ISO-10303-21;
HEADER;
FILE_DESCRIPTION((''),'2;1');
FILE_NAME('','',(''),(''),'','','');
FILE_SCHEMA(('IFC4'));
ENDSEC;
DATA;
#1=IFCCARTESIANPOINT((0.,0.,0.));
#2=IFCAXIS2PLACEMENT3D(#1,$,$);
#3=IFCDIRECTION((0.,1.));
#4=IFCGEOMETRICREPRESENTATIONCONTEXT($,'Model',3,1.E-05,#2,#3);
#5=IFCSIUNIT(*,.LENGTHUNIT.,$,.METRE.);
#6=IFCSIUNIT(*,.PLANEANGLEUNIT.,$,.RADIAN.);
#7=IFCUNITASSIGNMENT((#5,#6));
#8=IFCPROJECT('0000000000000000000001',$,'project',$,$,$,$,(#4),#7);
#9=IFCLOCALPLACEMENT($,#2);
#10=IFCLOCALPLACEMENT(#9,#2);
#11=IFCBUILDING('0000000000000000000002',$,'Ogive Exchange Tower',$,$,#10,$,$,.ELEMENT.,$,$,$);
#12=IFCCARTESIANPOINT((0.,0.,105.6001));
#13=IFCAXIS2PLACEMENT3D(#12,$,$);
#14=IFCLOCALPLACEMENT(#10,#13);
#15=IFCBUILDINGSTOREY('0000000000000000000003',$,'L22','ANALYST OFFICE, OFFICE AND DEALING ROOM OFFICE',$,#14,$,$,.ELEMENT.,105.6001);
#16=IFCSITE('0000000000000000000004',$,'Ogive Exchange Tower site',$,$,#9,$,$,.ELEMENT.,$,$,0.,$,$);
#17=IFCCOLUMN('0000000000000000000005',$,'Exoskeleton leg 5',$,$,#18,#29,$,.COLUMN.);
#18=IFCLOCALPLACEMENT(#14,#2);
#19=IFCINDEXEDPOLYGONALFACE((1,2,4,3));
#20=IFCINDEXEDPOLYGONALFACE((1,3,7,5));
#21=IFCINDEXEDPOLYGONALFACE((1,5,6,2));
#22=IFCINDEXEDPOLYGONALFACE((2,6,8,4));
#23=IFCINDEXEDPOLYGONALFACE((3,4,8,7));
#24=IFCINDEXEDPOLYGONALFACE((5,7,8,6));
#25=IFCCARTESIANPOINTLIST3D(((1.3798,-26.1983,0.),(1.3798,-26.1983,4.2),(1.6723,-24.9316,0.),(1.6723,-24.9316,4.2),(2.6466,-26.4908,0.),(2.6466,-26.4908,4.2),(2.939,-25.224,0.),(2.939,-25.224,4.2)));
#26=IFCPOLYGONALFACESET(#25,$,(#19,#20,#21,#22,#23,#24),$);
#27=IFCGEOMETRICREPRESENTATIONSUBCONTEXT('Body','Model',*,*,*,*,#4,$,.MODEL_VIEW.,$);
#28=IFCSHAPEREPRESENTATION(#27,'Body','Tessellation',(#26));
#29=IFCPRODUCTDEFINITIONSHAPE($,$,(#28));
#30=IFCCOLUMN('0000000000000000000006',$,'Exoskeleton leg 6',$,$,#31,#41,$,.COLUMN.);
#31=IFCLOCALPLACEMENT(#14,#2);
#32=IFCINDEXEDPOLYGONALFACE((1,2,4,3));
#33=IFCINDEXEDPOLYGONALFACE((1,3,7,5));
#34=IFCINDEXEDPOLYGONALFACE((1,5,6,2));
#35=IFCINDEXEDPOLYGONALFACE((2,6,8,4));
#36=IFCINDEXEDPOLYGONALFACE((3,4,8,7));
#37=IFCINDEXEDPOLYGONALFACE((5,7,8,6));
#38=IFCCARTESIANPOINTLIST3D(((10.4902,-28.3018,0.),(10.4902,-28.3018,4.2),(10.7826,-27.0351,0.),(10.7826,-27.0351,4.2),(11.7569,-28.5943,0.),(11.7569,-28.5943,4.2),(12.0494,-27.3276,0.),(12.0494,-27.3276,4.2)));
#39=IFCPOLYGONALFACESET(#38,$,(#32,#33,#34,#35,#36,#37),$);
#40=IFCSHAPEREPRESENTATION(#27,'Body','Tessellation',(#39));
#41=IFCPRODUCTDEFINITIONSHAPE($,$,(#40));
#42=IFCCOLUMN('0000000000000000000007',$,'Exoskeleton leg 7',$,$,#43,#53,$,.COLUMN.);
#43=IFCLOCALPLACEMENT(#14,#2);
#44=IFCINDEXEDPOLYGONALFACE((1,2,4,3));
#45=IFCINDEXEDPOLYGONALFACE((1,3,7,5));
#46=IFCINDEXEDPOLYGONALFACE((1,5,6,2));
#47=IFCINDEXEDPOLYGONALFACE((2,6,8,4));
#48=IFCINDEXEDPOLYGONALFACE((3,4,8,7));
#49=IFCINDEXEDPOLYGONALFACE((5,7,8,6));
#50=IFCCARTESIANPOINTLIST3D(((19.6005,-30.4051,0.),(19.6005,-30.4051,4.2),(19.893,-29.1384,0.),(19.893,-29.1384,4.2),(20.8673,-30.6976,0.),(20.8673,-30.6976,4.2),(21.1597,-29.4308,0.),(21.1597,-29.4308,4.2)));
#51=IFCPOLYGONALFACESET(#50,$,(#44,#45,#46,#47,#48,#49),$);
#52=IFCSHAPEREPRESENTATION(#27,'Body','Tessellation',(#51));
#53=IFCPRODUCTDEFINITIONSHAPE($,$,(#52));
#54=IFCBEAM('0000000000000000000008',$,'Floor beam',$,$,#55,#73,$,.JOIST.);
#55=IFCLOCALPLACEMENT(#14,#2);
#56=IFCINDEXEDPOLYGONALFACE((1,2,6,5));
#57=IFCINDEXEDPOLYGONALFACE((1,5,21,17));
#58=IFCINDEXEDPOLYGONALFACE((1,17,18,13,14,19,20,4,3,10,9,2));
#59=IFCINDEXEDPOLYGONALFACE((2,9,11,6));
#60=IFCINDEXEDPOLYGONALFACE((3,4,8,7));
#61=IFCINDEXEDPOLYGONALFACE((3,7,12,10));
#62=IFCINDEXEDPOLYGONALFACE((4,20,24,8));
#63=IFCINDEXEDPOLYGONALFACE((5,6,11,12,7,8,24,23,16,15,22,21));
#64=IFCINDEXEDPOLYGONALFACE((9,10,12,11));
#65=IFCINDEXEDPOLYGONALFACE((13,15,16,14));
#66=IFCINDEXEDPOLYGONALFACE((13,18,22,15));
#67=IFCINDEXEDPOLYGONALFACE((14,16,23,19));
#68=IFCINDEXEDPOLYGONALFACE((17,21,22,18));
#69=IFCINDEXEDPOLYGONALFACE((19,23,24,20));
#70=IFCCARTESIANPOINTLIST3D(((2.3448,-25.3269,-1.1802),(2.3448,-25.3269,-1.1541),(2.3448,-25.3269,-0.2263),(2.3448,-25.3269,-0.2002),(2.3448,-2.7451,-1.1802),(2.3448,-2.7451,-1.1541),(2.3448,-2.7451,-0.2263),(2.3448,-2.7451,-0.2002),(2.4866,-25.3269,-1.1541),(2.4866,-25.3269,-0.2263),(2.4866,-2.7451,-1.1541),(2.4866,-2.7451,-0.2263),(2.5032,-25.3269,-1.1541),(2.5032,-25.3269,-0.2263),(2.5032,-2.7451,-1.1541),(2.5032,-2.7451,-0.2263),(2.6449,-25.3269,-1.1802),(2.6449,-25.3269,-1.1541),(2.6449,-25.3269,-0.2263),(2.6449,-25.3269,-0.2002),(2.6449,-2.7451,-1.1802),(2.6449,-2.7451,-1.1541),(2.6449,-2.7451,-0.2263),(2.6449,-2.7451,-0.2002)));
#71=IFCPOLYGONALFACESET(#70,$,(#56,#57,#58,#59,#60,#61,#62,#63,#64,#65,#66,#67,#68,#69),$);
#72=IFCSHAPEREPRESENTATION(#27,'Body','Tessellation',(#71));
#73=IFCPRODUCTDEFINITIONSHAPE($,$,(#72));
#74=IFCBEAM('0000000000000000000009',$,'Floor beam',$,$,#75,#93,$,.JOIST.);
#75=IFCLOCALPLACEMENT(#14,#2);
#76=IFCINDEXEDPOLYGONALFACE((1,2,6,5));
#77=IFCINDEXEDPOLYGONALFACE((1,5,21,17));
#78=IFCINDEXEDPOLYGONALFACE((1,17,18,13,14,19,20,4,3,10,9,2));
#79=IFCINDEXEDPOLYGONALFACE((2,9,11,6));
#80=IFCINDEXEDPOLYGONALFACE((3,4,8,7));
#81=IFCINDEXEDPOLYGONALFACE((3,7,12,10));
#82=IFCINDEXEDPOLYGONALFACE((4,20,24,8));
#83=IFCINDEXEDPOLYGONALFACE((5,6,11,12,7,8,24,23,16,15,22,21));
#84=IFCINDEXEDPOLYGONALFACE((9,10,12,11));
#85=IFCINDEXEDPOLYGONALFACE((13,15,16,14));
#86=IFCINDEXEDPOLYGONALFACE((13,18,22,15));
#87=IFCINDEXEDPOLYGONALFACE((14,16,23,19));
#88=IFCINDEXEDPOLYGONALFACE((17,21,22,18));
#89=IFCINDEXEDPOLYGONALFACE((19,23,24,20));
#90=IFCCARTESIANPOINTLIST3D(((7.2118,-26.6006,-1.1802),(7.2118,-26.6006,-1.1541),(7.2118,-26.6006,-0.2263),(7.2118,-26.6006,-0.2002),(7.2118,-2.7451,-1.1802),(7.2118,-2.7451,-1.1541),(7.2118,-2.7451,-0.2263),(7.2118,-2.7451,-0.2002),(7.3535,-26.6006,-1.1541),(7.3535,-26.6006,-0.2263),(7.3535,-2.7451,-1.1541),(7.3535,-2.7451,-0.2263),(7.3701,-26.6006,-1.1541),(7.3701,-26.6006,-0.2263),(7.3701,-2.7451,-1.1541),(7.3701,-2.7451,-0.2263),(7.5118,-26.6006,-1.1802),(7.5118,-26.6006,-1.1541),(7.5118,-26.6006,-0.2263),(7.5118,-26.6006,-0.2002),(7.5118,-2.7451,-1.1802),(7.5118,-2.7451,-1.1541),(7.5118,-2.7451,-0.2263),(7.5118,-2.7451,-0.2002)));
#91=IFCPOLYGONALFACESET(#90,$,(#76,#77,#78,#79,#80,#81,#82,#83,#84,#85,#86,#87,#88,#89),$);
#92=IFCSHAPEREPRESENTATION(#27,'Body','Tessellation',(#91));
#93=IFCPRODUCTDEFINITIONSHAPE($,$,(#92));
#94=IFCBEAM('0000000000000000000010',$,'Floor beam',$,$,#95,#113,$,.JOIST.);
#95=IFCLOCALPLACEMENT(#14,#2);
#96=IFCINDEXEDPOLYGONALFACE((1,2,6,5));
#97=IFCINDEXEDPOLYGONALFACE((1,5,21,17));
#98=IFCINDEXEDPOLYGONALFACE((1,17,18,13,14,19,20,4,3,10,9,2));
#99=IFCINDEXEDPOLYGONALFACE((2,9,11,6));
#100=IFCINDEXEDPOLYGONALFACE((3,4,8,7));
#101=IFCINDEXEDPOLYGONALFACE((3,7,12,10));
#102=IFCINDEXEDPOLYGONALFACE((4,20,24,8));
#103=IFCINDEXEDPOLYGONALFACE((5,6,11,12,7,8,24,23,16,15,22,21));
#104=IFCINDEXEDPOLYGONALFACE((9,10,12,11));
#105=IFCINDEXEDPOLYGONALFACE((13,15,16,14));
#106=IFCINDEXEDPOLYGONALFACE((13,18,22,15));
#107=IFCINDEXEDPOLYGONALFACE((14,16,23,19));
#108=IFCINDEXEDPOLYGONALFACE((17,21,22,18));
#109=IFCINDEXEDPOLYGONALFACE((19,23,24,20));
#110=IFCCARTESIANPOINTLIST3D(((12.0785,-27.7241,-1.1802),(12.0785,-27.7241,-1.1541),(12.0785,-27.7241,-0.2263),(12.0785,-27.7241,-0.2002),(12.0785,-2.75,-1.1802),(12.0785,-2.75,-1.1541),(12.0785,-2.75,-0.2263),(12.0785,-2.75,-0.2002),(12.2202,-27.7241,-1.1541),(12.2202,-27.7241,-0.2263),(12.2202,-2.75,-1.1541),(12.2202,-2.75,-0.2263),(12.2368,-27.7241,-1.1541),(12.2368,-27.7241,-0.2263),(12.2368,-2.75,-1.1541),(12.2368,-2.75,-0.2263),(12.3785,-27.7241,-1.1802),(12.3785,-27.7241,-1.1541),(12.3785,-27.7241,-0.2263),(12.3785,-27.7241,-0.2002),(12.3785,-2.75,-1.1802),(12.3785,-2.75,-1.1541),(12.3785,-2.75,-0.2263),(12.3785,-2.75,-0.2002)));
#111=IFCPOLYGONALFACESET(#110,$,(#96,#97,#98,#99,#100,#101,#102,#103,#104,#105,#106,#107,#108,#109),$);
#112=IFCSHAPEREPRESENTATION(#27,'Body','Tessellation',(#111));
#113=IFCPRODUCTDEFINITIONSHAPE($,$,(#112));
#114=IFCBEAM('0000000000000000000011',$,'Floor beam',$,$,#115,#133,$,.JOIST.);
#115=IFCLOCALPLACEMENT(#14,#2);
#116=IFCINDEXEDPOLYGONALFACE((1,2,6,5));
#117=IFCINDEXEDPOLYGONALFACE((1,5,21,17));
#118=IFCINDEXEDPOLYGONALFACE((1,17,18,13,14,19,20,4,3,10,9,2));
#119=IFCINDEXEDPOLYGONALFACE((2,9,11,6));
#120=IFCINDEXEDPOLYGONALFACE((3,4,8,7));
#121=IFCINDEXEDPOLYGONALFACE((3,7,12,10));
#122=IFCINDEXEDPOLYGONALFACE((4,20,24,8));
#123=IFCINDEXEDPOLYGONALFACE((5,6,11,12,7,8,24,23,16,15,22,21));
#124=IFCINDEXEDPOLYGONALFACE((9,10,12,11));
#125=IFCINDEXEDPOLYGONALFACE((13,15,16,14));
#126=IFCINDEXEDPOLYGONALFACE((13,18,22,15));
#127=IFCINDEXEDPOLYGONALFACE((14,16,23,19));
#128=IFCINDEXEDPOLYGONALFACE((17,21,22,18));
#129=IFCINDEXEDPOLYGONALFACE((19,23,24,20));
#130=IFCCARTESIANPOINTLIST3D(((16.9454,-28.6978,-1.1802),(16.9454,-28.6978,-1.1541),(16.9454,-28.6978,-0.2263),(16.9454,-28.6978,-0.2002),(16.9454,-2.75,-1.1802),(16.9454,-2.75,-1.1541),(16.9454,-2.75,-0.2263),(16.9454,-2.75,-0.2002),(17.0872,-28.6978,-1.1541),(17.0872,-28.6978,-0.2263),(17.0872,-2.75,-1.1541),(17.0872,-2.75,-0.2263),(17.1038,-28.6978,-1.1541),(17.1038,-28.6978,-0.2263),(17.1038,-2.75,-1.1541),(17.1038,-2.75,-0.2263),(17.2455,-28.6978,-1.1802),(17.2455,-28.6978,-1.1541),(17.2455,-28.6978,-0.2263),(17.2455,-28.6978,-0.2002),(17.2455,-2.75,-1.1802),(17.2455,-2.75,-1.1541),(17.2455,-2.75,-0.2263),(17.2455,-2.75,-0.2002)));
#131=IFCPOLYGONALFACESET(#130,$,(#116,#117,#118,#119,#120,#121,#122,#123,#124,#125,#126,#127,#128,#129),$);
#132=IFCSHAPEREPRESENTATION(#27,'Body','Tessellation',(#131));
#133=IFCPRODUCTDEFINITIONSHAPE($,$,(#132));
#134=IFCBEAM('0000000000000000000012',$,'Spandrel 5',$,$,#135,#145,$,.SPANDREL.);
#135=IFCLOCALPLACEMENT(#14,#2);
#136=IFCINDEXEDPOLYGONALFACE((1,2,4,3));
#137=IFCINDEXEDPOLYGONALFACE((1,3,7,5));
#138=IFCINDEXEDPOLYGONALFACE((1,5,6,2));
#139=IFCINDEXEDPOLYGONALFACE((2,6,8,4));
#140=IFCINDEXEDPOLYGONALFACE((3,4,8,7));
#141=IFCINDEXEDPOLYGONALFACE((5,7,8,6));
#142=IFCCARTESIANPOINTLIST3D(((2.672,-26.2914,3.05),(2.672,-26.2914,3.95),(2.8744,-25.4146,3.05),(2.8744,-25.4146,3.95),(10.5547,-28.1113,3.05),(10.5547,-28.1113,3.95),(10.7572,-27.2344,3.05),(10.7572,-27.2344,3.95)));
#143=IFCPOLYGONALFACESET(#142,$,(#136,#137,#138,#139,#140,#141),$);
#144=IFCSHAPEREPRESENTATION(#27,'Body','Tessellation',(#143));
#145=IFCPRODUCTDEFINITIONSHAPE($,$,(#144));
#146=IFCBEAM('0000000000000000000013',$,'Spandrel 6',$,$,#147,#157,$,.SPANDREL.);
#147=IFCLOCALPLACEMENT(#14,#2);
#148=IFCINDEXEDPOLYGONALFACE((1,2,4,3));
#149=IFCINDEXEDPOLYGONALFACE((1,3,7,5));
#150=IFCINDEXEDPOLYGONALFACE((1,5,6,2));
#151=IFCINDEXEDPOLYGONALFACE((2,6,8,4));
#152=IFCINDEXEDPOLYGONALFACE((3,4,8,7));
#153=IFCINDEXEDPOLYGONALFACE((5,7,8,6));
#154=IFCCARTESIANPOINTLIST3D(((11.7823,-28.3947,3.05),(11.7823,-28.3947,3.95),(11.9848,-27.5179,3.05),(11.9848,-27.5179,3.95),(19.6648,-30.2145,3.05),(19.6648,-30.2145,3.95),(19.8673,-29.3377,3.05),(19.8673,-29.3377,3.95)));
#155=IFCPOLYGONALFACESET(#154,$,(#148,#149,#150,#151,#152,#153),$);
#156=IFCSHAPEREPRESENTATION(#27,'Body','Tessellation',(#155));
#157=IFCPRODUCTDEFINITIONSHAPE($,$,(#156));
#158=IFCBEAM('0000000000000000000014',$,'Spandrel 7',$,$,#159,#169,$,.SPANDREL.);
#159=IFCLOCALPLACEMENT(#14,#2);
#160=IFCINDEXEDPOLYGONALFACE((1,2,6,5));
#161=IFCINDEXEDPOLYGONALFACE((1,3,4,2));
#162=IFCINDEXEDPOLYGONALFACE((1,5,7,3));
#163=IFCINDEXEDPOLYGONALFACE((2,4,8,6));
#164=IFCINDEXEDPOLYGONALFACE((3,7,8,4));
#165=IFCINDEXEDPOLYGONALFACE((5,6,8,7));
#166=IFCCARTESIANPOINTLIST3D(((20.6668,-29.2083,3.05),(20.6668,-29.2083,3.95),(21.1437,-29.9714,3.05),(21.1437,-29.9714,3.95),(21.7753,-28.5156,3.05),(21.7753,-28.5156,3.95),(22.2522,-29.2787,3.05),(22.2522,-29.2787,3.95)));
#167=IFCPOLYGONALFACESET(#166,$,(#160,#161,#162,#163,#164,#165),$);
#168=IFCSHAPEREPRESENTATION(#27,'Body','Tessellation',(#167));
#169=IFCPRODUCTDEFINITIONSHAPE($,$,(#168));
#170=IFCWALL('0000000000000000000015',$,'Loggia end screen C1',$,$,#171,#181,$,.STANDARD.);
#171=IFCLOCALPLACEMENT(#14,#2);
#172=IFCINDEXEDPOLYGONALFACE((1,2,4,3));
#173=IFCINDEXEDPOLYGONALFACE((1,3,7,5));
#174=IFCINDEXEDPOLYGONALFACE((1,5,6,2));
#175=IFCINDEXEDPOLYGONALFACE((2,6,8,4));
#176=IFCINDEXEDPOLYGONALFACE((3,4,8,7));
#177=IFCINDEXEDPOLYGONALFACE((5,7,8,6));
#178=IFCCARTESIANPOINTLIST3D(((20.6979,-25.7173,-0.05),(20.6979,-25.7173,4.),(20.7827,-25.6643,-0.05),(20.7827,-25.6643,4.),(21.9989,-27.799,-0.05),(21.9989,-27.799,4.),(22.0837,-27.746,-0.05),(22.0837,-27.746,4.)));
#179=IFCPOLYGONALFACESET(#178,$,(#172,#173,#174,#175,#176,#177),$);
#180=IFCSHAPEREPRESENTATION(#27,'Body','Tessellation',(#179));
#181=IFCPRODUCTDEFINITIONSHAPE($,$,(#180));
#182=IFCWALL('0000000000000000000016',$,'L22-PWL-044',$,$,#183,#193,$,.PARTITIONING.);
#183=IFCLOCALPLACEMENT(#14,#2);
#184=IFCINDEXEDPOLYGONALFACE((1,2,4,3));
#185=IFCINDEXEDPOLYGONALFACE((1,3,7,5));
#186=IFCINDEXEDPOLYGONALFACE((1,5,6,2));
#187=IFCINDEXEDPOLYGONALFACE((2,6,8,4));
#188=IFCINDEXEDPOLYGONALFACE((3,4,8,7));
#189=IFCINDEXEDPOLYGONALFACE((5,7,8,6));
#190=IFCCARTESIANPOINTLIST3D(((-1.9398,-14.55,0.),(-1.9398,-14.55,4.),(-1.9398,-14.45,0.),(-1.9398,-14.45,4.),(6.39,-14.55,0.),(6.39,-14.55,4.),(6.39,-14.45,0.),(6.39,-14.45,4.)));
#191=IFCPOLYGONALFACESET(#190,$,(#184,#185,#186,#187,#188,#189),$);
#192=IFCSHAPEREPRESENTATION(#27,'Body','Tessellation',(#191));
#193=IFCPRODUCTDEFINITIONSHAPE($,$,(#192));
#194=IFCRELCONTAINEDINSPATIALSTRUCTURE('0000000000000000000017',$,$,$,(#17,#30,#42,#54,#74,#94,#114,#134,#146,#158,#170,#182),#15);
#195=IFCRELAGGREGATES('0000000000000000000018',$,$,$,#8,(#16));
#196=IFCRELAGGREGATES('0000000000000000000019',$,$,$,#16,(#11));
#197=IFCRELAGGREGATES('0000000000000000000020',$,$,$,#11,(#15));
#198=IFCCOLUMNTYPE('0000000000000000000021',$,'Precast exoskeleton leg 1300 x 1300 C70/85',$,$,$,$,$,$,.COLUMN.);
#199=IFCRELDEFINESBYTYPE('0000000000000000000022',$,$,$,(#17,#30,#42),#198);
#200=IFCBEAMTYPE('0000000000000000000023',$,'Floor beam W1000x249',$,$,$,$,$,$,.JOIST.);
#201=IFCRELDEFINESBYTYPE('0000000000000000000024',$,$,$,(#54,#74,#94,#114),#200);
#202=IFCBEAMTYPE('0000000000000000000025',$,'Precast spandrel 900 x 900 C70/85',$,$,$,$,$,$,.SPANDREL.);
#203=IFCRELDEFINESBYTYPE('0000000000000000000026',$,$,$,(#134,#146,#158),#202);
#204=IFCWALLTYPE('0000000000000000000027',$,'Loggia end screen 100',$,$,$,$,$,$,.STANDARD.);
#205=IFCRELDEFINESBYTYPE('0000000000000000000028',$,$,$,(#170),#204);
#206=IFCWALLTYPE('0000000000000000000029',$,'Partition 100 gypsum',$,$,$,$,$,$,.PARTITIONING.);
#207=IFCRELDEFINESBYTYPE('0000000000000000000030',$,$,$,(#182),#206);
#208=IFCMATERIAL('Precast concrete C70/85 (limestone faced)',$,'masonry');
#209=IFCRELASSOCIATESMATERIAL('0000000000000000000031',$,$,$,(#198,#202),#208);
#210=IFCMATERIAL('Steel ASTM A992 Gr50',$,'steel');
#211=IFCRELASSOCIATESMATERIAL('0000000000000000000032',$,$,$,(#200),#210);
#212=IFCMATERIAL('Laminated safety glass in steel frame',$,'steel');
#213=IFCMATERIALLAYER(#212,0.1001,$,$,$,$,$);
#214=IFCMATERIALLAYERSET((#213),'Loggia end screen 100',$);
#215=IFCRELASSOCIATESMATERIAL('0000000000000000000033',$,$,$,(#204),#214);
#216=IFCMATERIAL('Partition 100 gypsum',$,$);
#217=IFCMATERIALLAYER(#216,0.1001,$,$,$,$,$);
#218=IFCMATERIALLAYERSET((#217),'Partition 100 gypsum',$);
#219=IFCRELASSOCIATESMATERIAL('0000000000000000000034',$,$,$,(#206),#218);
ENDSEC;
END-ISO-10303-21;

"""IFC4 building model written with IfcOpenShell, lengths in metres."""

from ifc_helpers import new_model, si_unit, direction, frame, frame_2d, origin, origin_2d, place, context, subcontext, project, spatial, rectangle, i_section, extrude, material, layer, layer_set, material_profile, profile_set, type_object, element, save


model = new_model("IFC4")

# Units and contexts
model_context = context("Model", 3, precision=1e-05, world=origin(), true_north=direction((0.0, 1.0)))
body_context = subcontext(model_context, "Body", "Model", "MODEL_VIEW")
ifc_project = project(units=[si_unit("LENGTHUNIT", "METRE"), si_unit("PLANEANGLEUNIT", "RADIAN")], contexts=[model_context])

# Site, building, storey
site_placement = place(None, origin())
site = spatial("IfcSite", under=ifc_project, at=site_placement, Name="Ogive Exchange Tower site", CompositionType="ELEMENT", RefElevation=0.0)
building_placement = place(site_placement, origin())
building = spatial("IfcBuilding", under=site, at=building_placement, Name="Ogive Exchange Tower", CompositionType="ELEMENT")
storey_placement = place(building_placement, frame((0.0, 0.0, 105.6001)))
storey = spatial("IfcBuildingStorey", under=building, at=storey_placement, Name="L22", Description="ANALYST OFFICE, OFFICE AND DEALING ROOM OFFICE", CompositionType="ELEMENT", Elevation=105.6001)

# Columns
ifc_material_1 = material(Name="Precast concrete C70/85 (limestone faced)", Category="masonry")
ifc_material_profile_1 = material_profile(ifc_material_1, rectangle(XDim=1.3, YDim=1.3, at=origin_2d()), Name="1300 x 1300")
ifc_profile_set_1 = profile_set([ifc_material_profile_1], Name="Precast concrete C70/85 (limestone faced)")
column_type = type_object("IfcColumnType", Name="Precast exoskeleton leg 1300 x 1300 C70/85", PredefinedType="COLUMN", material=ifc_profile_set_1)
for number, where, z_axis, x_axis, name in (
    (1, (2.1594, -25.7112, 0.0), (0.0, 0.0, 1.0), (0.97437, -0.224951, 0.0), "Exoskeleton leg 5"),
    (2, (11.2698, -27.8147, 0.0), (0.0, 0.0, 1.0), (0.97437, -0.224951, 0.0), "Exoskeleton leg 6"),
    (3, (20.3801, -29.918, 0.0), (0.0, 0.0, 1.0), (0.97437, -0.224951, 0.0), "Exoskeleton leg 7"),
):
    element("IfcColumn", number, at=place(storey_placement, frame(where, z_axis=z_axis, x_axis=x_axis)), inside=storey, type_object=column_type, Name=name, PredefinedType="COLUMN", context=body_context, shape_type="SweptSolid", body=[
        extrude(rectangle(XDim=1.3, YDim=1.3, at=origin_2d()), origin(), (0.0, 0.0, 1.0), 4.2),
    ])

# Beams
ifc_material_2 = material(Name="Steel ASTM A992 Gr50", Category="steel")
ifc_material_profile_2 = material_profile(ifc_material_2, i_section(OverallWidth=0.3, OverallDepth=0.98, WebThickness=0.0166, FlangeThickness=0.0261, at=origin_2d()), Name="W1000x249")
ifc_profile_set_2 = profile_set([ifc_material_profile_2], Name="Steel ASTM A992 Gr50")
beam_type_1 = type_object("IfcBeamType", Name="Floor beam W1000x249", PredefinedType="JOIST", material=ifc_profile_set_2)
beam_1_placement = place(storey_placement, frame((2.4949, -25.3269, -0.6902), z_axis=(0.0, 1.0, 0.0), x_axis=(-1.0, 0.0, 0.0)))
element("IfcBeam", 4, at=beam_1_placement, inside=storey, type_object=beam_type_1, Name="Floor beam", PredefinedType="JOIST", context=body_context, shape_type="SweptSolid", body=[
    extrude(i_section(OverallWidth=0.3, OverallDepth=0.98, WebThickness=0.0166, FlangeThickness=0.0261, at=origin_2d()), origin(), (0.0, 0.0, 1.0), 22.5818),
])
beam_2_placement = place(storey_placement, frame((7.3618, -26.6006, -0.6902), z_axis=(0.0, 1.0, 0.0), x_axis=(-1.0, 0.0, 0.0)))
element("IfcBeam", 5, at=beam_2_placement, inside=storey, type_object=beam_type_1, Name="Floor beam", PredefinedType="JOIST", context=body_context, shape_type="SweptSolid", body=[
    extrude(i_section(OverallWidth=0.3, OverallDepth=0.98, WebThickness=0.0166, FlangeThickness=0.0261, at=origin_2d()), origin(), (0.0, 0.0, 1.0), 23.8555),
])
beam_3_placement = place(storey_placement, frame((12.2285, -27.7241, -0.6902), z_axis=(0.0, 1.0, 0.0), x_axis=(-1.0, 0.0, 0.0)))
element("IfcBeam", 6, at=beam_3_placement, inside=storey, type_object=beam_type_1, Name="Floor beam", PredefinedType="JOIST", context=body_context, shape_type="SweptSolid", body=[
    extrude(i_section(OverallWidth=0.3, OverallDepth=0.98, WebThickness=0.0166, FlangeThickness=0.0261, at=origin_2d()), origin(), (0.0, 0.0, 1.0), 24.9741),
])
beam_4_placement = place(storey_placement, frame((17.0955, -28.6978, -0.6902), z_axis=(0.0, 1.0, 0.0), x_axis=(-1.0, 0.0, 0.0)))
element("IfcBeam", 7, at=beam_4_placement, inside=storey, type_object=beam_type_1, Name="Floor beam", PredefinedType="JOIST", context=body_context, shape_type="SweptSolid", body=[
    extrude(i_section(OverallWidth=0.3, OverallDepth=0.98, WebThickness=0.0166, FlangeThickness=0.0261, at=origin_2d()), origin(), (0.0, 0.0, 1.0), 25.9478),
])
ifc_material_profile_3 = material_profile(ifc_material_1, rectangle(XDim=0.8999, YDim=0.8999, at=origin_2d()), Name="900 x 900")
ifc_profile_set_3 = profile_set([ifc_material_profile_3], Name="Precast concrete C70/85 (limestone faced)")
beam_type_2 = type_object("IfcBeamType", Name="Precast spandrel 900 x 900 C70/85", PredefinedType="SPANDREL", material=ifc_profile_set_3)
beam_5_placement = place(storey_placement, frame((2.7732, -25.853, 3.5), z_axis=(0.974372, -0.224943, 0.0), x_axis=(0.224943, 0.974372, 0.0)))
element("IfcBeam", 8, at=beam_5_placement, inside=storey, type_object=beam_type_2, Name="Spandrel 5", PredefinedType="SPANDREL", context=body_context, shape_type="SweptSolid", body=[
    extrude(rectangle(XDim=0.8999, YDim=0.8999, at=origin_2d()), origin(), (0.0, 0.0, 1.0), 8.0901),
])
beam_6_placement = place(storey_placement, frame((11.8835, -27.9563, 3.5), z_axis=(0.97437, -0.22495, 0.0), x_axis=(0.22495, 0.97437, 0.0)))
element("IfcBeam", 9, at=beam_6_placement, inside=storey, type_object=beam_type_2, Name="Spandrel 6", PredefinedType="SPANDREL", context=body_context, shape_type="SweptSolid", body=[
    extrude(rectangle(XDim=0.8999, YDim=0.8999, at=origin_2d()), origin(), (0.0, 0.0, 1.0), 8.0898),
])
beam_7_placement = place(storey_placement, frame((20.9053, -29.5898, 3.5), z_axis=(0.84804, 0.529932, 0.0), x_axis=(-0.529932, 0.84804, 0.0)))
element("IfcBeam", 10, at=beam_7_placement, inside=storey, type_object=beam_type_2, Name="Spandrel 7", PredefinedType="SPANDREL", context=body_context, shape_type="SweptSolid", body=[
    extrude(rectangle(XDim=0.8999, YDim=0.8999, at=origin_2d()), origin(), (0.0, 0.0, 1.0), 1.3071),
])

# Walls
ifc_material_3 = material(Name="Laminated safety glass in steel frame", Category="steel")
ifc_layer_1 = layer(ifc_material_3, 0.1001)
ifc_layer_set_1 = layer_set([ifc_layer_1], Name="Loggia end screen 100")
wall_type_1 = type_object("IfcWallType", Name="Loggia end screen 100", PredefinedType="STANDARD", material=ifc_layer_set_1)
wall_1_placement = place(storey_placement, frame((20.7402, -25.6907, -0.05), z_axis=(0.0, 0.0, 1.0), x_axis=(0.529972, -0.848015, 0.0)))
element("IfcWall", 11, at=wall_1_placement, inside=storey, type_object=wall_type_1, Name="Loggia end screen C1", PredefinedType="STANDARD", context=body_context, shape_type="SweptSolid", body=[
    extrude(rectangle(XDim=2.4548, YDim=0.1001, at=frame_2d((1.2275, 0.0))), origin(), (0.0, 0.0, 1.0), 4.05),
])
ifc_material_4 = material(Name="Partition 100 gypsum")
ifc_layer_2 = layer(ifc_material_4, 0.1001)
ifc_layer_set_2 = layer_set([ifc_layer_2], Name="Partition 100 gypsum")
wall_type_2 = type_object("IfcWallType", Name="Partition 100 gypsum", PredefinedType="PARTITIONING", material=ifc_layer_set_2)
wall_2_placement = place(storey_placement, frame((-1.9399, -14.5, 0.0), z_axis=(0.0, 0.0, 1.0), x_axis=(1.0, 0.0, 0.0)))
element("IfcWall", 12, at=wall_2_placement, inside=storey, type_object=wall_type_2, Name="L22-PWL-044", PredefinedType="PARTITIONING", context=body_context, shape_type="SweptSolid", body=[
    extrude(rectangle(XDim=8.3298, YDim=0.1001, at=frame_2d((4.165, 0.0))), origin(), (0.0, 0.0, 1.0), 4.0),
])

save(model, "model.ifc")
